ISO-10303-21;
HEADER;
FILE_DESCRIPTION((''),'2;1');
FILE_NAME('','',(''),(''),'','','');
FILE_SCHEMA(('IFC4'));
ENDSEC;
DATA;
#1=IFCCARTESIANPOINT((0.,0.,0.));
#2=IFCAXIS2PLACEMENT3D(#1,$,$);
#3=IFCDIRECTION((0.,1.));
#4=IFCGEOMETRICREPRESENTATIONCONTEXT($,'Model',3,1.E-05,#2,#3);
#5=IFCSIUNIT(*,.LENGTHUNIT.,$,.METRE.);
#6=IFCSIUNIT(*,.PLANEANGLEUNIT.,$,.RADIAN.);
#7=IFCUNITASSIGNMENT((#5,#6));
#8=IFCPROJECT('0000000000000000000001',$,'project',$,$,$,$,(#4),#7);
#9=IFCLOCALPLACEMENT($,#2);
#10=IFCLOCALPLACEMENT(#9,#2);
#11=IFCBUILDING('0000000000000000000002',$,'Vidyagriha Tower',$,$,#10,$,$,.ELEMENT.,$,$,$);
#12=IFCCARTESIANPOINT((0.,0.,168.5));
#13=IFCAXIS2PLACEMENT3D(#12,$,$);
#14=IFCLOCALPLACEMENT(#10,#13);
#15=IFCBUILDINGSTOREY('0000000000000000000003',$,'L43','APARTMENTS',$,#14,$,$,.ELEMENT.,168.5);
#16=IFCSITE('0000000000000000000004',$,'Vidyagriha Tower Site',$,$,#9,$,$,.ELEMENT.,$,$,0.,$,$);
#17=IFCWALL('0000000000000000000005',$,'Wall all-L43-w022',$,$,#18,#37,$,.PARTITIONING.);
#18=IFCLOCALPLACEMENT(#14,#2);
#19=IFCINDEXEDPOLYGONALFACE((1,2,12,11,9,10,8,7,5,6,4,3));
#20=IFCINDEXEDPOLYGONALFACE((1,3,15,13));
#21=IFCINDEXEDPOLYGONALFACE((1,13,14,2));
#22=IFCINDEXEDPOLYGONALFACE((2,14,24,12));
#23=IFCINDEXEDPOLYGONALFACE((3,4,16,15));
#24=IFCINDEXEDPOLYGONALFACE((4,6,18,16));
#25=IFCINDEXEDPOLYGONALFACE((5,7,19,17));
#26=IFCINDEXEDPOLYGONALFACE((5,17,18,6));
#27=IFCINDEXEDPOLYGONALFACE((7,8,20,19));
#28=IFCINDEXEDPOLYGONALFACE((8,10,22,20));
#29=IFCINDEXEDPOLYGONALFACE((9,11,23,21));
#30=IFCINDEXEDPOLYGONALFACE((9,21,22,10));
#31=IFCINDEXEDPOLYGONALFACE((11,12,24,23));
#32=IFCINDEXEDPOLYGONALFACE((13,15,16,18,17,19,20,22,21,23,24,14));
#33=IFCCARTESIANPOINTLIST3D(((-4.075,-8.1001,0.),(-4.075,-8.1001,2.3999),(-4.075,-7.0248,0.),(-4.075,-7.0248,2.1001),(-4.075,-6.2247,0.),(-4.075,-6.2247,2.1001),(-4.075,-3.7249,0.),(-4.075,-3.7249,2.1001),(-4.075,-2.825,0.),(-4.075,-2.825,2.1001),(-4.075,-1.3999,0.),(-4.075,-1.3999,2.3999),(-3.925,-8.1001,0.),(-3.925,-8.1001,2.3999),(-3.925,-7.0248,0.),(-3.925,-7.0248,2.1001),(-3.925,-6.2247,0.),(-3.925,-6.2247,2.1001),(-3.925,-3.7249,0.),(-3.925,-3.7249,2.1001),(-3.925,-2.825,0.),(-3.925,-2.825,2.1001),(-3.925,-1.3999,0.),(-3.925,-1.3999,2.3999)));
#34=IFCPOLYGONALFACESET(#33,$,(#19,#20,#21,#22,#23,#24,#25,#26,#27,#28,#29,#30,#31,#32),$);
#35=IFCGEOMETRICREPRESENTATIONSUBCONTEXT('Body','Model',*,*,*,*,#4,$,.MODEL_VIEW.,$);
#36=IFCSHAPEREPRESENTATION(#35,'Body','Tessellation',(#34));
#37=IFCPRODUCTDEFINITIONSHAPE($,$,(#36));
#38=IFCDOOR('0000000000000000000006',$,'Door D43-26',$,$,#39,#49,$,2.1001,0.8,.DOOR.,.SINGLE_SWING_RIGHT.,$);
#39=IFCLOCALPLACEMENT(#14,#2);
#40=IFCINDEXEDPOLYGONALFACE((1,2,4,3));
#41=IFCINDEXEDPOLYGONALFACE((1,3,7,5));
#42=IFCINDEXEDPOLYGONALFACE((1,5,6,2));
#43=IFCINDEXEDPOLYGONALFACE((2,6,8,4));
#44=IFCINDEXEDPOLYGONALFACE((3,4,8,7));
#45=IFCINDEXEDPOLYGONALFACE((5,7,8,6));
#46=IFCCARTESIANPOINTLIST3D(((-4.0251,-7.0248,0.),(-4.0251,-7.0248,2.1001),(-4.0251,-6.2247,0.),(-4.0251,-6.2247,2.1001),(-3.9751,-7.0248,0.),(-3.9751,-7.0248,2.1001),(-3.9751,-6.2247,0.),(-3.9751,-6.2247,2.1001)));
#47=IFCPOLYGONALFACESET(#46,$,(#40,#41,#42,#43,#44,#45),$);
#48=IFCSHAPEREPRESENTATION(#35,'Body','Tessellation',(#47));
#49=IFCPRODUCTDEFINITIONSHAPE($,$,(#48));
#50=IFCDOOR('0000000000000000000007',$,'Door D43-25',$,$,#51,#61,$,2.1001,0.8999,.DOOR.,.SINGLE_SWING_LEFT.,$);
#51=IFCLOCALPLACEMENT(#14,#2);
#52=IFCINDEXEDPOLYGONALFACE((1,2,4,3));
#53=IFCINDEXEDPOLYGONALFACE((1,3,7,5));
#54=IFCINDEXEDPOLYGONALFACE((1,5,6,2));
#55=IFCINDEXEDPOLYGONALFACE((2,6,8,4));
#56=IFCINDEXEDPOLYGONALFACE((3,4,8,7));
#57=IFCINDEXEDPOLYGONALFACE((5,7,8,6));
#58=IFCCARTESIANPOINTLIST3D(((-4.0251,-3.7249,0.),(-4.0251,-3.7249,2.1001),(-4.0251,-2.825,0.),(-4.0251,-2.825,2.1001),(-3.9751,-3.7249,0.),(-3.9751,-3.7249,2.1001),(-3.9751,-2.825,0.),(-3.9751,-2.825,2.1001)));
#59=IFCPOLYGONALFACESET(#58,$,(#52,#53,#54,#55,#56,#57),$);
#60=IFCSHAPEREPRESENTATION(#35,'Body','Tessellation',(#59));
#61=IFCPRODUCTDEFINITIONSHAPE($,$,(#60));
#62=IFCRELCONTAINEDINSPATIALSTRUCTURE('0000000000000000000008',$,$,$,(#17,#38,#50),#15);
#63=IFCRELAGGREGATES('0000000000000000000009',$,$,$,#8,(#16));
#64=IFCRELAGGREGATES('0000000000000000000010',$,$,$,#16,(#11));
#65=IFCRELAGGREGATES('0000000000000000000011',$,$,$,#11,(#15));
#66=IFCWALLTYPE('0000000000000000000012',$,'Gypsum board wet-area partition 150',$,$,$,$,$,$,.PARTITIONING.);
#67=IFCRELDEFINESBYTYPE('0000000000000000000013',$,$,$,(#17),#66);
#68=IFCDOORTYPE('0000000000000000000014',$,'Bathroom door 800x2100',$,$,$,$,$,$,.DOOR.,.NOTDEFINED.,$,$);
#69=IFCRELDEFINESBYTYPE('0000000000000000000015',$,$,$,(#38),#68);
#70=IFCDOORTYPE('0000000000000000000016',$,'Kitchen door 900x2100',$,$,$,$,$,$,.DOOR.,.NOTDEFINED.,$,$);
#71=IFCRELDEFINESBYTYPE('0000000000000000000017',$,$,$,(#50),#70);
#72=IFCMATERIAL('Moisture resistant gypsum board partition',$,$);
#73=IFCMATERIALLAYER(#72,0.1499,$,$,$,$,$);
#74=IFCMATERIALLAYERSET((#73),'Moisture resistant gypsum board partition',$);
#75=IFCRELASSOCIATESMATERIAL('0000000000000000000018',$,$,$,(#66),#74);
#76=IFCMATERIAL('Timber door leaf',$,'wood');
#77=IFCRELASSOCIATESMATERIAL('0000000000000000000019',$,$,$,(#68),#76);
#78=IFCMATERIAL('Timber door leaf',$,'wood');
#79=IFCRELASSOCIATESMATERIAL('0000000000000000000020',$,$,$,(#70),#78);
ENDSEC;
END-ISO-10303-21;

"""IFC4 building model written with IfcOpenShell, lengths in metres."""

from ifc_helpers import new_model, si_unit, direction, frame, frame_2d, origin, place, context, subcontext, project, spatial, rectangle, extrude, material, layer, layer_set, type_object, element, fill, save


model = new_model("IFC4")

# Units and contexts
model_context = context("Model", 3, precision=1e-05, world=origin(), true_north=direction((0.0, 1.0)))
body_context = subcontext(model_context, "Body", "Model", "MODEL_VIEW")
ifc_project = project(units=[si_unit("LENGTHUNIT", "METRE"), si_unit("PLANEANGLEUNIT", "RADIAN")], contexts=[model_context])

# Site, building, storey
site_placement = place(None, origin())
site = spatial("IfcSite", under=ifc_project, at=site_placement, Name="Vidyagriha Tower Site", CompositionType="ELEMENT", RefElevation=0.0)
building_placement = place(site_placement, origin())
building = spatial("IfcBuilding", under=site, at=building_placement, Name="Vidyagriha Tower", CompositionType="ELEMENT")
storey_placement = place(building_placement, frame((0.0, 0.0, 168.5)))
storey = spatial("IfcBuildingStorey", under=building, at=storey_placement, Name="L43", Description="APARTMENTS", CompositionType="ELEMENT", Elevation=168.5)

# Wall, openings, doors
ifc_material_1 = material(Name="Moisture resistant gypsum board partition")
ifc_layer_1 = layer(ifc_material_1, 0.1499)
ifc_layer_set_1 = layer_set([ifc_layer_1], Name="Moisture resistant gypsum board partition")
wall_type_1 = type_object("IfcWallType", Name="Gypsum board wet-area partition 150", PredefinedType="PARTITIONING", material=ifc_layer_set_1)
ifc_material_2 = material(Name="Timber door leaf", Category="wood")
door_type_1 = type_object("IfcDoorType", Name="Bathroom door 800x2100", OperationType="NOTDEFINED", PredefinedType="DOOR", material=ifc_material_2)
ifc_material_3 = material(Name="Timber door leaf", Category="wood")
door_type_2 = type_object("IfcDoorType", Name="Kitchen door 900x2100", OperationType="NOTDEFINED", PredefinedType="DOOR", material=ifc_material_3)
wall_1_placement = place(storey_placement, frame((-4.0, -1.3999, 0.0), z_axis=(0.0, 0.0, 1.0), x_axis=(0.0, -1.0, 0.0)))
wall_1 = element("IfcWall", 1, at=wall_1_placement, inside=storey, type_object=wall_type_1, Name="Wall all-L43-w022", PredefinedType="PARTITIONING", context=body_context, shape_type="SweptSolid", body=[
    extrude(rectangle(XDim=6.7002, YDim=0.1499, at=frame_2d((3.3501, 0.0))), origin(), (0.0, 0.0, 1.0), 2.3999),
])
opening_1_placement = place(wall_1_placement, frame((1.425, 0.0, 0.0)))
opening_1 = element("IfcOpeningElement", 2, at=opening_1_placement, cuts=wall_1, PredefinedType="OPENING", context=body_context, shape_type="SweptSolid", body=[
    extrude(rectangle(XDim=0.8999, YDim=2.1001, at=frame_2d((0.45, 1.05))), frame((0.0, 0.085, 0.0), z_axis=(0.0, -1.0, 0.0), x_axis=(1.0, 0.0, 0.0)), (0.0, 0.0, 1.0), 0.1699),
])
opening_2_placement = place(wall_1_placement, frame((4.825, 0.0, 0.0)))
opening_2 = element("IfcOpeningElement", 3, at=opening_2_placement, cuts=wall_1, PredefinedType="OPENING", context=body_context, shape_type="SweptSolid", body=[
    extrude(rectangle(XDim=0.8, YDim=2.1001, at=frame_2d((0.3999, 1.05))), frame((0.0, 0.085, 0.0), z_axis=(0.0, -1.0, 0.0), x_axis=(1.0, 0.0, 0.0)), (0.0, 0.0, 1.0), 0.1699),
])
door_1_placement = place(opening_2_placement, origin())
door_1 = element("IfcDoor", 4, at=door_1_placement, inside=storey, type_object=door_type_1, Name="Door D43-26", OperationType="SINGLE_SWING_RIGHT", OverallHeight=2.1001, OverallWidth=0.8, PredefinedType="DOOR", context=body_context, shape_type="SweptSolid", body=[
    extrude(rectangle(XDim=0.8, YDim=2.1001, at=frame_2d((0.3999, 1.05))), frame((0.0, 0.0249, 0.0), z_axis=(0.0, -1.0, 0.0), x_axis=(1.0, 0.0, 0.0)), (0.0, 0.0, 1.0), 0.05),
])
fill(opening_2, door_1)
door_2_placement = place(opening_1_placement, origin())
door_2 = element("IfcDoor", 5, at=door_2_placement, inside=storey, type_object=door_type_2, Name="Door D43-25", OperationType="SINGLE_SWING_LEFT", OverallHeight=2.1001, OverallWidth=0.8999, PredefinedType="DOOR", context=body_context, shape_type="SweptSolid", body=[
    extrude(rectangle(XDim=0.8999, YDim=2.1001, at=frame_2d((0.45, 1.05))), frame((0.0, 0.0249, 0.0), z_axis=(0.0, -1.0, 0.0), x_axis=(1.0, 0.0, 0.0)), (0.0, 0.0, 1.0), 0.05),
])
fill(opening_1, door_2)

save(model, "model.ifc")
